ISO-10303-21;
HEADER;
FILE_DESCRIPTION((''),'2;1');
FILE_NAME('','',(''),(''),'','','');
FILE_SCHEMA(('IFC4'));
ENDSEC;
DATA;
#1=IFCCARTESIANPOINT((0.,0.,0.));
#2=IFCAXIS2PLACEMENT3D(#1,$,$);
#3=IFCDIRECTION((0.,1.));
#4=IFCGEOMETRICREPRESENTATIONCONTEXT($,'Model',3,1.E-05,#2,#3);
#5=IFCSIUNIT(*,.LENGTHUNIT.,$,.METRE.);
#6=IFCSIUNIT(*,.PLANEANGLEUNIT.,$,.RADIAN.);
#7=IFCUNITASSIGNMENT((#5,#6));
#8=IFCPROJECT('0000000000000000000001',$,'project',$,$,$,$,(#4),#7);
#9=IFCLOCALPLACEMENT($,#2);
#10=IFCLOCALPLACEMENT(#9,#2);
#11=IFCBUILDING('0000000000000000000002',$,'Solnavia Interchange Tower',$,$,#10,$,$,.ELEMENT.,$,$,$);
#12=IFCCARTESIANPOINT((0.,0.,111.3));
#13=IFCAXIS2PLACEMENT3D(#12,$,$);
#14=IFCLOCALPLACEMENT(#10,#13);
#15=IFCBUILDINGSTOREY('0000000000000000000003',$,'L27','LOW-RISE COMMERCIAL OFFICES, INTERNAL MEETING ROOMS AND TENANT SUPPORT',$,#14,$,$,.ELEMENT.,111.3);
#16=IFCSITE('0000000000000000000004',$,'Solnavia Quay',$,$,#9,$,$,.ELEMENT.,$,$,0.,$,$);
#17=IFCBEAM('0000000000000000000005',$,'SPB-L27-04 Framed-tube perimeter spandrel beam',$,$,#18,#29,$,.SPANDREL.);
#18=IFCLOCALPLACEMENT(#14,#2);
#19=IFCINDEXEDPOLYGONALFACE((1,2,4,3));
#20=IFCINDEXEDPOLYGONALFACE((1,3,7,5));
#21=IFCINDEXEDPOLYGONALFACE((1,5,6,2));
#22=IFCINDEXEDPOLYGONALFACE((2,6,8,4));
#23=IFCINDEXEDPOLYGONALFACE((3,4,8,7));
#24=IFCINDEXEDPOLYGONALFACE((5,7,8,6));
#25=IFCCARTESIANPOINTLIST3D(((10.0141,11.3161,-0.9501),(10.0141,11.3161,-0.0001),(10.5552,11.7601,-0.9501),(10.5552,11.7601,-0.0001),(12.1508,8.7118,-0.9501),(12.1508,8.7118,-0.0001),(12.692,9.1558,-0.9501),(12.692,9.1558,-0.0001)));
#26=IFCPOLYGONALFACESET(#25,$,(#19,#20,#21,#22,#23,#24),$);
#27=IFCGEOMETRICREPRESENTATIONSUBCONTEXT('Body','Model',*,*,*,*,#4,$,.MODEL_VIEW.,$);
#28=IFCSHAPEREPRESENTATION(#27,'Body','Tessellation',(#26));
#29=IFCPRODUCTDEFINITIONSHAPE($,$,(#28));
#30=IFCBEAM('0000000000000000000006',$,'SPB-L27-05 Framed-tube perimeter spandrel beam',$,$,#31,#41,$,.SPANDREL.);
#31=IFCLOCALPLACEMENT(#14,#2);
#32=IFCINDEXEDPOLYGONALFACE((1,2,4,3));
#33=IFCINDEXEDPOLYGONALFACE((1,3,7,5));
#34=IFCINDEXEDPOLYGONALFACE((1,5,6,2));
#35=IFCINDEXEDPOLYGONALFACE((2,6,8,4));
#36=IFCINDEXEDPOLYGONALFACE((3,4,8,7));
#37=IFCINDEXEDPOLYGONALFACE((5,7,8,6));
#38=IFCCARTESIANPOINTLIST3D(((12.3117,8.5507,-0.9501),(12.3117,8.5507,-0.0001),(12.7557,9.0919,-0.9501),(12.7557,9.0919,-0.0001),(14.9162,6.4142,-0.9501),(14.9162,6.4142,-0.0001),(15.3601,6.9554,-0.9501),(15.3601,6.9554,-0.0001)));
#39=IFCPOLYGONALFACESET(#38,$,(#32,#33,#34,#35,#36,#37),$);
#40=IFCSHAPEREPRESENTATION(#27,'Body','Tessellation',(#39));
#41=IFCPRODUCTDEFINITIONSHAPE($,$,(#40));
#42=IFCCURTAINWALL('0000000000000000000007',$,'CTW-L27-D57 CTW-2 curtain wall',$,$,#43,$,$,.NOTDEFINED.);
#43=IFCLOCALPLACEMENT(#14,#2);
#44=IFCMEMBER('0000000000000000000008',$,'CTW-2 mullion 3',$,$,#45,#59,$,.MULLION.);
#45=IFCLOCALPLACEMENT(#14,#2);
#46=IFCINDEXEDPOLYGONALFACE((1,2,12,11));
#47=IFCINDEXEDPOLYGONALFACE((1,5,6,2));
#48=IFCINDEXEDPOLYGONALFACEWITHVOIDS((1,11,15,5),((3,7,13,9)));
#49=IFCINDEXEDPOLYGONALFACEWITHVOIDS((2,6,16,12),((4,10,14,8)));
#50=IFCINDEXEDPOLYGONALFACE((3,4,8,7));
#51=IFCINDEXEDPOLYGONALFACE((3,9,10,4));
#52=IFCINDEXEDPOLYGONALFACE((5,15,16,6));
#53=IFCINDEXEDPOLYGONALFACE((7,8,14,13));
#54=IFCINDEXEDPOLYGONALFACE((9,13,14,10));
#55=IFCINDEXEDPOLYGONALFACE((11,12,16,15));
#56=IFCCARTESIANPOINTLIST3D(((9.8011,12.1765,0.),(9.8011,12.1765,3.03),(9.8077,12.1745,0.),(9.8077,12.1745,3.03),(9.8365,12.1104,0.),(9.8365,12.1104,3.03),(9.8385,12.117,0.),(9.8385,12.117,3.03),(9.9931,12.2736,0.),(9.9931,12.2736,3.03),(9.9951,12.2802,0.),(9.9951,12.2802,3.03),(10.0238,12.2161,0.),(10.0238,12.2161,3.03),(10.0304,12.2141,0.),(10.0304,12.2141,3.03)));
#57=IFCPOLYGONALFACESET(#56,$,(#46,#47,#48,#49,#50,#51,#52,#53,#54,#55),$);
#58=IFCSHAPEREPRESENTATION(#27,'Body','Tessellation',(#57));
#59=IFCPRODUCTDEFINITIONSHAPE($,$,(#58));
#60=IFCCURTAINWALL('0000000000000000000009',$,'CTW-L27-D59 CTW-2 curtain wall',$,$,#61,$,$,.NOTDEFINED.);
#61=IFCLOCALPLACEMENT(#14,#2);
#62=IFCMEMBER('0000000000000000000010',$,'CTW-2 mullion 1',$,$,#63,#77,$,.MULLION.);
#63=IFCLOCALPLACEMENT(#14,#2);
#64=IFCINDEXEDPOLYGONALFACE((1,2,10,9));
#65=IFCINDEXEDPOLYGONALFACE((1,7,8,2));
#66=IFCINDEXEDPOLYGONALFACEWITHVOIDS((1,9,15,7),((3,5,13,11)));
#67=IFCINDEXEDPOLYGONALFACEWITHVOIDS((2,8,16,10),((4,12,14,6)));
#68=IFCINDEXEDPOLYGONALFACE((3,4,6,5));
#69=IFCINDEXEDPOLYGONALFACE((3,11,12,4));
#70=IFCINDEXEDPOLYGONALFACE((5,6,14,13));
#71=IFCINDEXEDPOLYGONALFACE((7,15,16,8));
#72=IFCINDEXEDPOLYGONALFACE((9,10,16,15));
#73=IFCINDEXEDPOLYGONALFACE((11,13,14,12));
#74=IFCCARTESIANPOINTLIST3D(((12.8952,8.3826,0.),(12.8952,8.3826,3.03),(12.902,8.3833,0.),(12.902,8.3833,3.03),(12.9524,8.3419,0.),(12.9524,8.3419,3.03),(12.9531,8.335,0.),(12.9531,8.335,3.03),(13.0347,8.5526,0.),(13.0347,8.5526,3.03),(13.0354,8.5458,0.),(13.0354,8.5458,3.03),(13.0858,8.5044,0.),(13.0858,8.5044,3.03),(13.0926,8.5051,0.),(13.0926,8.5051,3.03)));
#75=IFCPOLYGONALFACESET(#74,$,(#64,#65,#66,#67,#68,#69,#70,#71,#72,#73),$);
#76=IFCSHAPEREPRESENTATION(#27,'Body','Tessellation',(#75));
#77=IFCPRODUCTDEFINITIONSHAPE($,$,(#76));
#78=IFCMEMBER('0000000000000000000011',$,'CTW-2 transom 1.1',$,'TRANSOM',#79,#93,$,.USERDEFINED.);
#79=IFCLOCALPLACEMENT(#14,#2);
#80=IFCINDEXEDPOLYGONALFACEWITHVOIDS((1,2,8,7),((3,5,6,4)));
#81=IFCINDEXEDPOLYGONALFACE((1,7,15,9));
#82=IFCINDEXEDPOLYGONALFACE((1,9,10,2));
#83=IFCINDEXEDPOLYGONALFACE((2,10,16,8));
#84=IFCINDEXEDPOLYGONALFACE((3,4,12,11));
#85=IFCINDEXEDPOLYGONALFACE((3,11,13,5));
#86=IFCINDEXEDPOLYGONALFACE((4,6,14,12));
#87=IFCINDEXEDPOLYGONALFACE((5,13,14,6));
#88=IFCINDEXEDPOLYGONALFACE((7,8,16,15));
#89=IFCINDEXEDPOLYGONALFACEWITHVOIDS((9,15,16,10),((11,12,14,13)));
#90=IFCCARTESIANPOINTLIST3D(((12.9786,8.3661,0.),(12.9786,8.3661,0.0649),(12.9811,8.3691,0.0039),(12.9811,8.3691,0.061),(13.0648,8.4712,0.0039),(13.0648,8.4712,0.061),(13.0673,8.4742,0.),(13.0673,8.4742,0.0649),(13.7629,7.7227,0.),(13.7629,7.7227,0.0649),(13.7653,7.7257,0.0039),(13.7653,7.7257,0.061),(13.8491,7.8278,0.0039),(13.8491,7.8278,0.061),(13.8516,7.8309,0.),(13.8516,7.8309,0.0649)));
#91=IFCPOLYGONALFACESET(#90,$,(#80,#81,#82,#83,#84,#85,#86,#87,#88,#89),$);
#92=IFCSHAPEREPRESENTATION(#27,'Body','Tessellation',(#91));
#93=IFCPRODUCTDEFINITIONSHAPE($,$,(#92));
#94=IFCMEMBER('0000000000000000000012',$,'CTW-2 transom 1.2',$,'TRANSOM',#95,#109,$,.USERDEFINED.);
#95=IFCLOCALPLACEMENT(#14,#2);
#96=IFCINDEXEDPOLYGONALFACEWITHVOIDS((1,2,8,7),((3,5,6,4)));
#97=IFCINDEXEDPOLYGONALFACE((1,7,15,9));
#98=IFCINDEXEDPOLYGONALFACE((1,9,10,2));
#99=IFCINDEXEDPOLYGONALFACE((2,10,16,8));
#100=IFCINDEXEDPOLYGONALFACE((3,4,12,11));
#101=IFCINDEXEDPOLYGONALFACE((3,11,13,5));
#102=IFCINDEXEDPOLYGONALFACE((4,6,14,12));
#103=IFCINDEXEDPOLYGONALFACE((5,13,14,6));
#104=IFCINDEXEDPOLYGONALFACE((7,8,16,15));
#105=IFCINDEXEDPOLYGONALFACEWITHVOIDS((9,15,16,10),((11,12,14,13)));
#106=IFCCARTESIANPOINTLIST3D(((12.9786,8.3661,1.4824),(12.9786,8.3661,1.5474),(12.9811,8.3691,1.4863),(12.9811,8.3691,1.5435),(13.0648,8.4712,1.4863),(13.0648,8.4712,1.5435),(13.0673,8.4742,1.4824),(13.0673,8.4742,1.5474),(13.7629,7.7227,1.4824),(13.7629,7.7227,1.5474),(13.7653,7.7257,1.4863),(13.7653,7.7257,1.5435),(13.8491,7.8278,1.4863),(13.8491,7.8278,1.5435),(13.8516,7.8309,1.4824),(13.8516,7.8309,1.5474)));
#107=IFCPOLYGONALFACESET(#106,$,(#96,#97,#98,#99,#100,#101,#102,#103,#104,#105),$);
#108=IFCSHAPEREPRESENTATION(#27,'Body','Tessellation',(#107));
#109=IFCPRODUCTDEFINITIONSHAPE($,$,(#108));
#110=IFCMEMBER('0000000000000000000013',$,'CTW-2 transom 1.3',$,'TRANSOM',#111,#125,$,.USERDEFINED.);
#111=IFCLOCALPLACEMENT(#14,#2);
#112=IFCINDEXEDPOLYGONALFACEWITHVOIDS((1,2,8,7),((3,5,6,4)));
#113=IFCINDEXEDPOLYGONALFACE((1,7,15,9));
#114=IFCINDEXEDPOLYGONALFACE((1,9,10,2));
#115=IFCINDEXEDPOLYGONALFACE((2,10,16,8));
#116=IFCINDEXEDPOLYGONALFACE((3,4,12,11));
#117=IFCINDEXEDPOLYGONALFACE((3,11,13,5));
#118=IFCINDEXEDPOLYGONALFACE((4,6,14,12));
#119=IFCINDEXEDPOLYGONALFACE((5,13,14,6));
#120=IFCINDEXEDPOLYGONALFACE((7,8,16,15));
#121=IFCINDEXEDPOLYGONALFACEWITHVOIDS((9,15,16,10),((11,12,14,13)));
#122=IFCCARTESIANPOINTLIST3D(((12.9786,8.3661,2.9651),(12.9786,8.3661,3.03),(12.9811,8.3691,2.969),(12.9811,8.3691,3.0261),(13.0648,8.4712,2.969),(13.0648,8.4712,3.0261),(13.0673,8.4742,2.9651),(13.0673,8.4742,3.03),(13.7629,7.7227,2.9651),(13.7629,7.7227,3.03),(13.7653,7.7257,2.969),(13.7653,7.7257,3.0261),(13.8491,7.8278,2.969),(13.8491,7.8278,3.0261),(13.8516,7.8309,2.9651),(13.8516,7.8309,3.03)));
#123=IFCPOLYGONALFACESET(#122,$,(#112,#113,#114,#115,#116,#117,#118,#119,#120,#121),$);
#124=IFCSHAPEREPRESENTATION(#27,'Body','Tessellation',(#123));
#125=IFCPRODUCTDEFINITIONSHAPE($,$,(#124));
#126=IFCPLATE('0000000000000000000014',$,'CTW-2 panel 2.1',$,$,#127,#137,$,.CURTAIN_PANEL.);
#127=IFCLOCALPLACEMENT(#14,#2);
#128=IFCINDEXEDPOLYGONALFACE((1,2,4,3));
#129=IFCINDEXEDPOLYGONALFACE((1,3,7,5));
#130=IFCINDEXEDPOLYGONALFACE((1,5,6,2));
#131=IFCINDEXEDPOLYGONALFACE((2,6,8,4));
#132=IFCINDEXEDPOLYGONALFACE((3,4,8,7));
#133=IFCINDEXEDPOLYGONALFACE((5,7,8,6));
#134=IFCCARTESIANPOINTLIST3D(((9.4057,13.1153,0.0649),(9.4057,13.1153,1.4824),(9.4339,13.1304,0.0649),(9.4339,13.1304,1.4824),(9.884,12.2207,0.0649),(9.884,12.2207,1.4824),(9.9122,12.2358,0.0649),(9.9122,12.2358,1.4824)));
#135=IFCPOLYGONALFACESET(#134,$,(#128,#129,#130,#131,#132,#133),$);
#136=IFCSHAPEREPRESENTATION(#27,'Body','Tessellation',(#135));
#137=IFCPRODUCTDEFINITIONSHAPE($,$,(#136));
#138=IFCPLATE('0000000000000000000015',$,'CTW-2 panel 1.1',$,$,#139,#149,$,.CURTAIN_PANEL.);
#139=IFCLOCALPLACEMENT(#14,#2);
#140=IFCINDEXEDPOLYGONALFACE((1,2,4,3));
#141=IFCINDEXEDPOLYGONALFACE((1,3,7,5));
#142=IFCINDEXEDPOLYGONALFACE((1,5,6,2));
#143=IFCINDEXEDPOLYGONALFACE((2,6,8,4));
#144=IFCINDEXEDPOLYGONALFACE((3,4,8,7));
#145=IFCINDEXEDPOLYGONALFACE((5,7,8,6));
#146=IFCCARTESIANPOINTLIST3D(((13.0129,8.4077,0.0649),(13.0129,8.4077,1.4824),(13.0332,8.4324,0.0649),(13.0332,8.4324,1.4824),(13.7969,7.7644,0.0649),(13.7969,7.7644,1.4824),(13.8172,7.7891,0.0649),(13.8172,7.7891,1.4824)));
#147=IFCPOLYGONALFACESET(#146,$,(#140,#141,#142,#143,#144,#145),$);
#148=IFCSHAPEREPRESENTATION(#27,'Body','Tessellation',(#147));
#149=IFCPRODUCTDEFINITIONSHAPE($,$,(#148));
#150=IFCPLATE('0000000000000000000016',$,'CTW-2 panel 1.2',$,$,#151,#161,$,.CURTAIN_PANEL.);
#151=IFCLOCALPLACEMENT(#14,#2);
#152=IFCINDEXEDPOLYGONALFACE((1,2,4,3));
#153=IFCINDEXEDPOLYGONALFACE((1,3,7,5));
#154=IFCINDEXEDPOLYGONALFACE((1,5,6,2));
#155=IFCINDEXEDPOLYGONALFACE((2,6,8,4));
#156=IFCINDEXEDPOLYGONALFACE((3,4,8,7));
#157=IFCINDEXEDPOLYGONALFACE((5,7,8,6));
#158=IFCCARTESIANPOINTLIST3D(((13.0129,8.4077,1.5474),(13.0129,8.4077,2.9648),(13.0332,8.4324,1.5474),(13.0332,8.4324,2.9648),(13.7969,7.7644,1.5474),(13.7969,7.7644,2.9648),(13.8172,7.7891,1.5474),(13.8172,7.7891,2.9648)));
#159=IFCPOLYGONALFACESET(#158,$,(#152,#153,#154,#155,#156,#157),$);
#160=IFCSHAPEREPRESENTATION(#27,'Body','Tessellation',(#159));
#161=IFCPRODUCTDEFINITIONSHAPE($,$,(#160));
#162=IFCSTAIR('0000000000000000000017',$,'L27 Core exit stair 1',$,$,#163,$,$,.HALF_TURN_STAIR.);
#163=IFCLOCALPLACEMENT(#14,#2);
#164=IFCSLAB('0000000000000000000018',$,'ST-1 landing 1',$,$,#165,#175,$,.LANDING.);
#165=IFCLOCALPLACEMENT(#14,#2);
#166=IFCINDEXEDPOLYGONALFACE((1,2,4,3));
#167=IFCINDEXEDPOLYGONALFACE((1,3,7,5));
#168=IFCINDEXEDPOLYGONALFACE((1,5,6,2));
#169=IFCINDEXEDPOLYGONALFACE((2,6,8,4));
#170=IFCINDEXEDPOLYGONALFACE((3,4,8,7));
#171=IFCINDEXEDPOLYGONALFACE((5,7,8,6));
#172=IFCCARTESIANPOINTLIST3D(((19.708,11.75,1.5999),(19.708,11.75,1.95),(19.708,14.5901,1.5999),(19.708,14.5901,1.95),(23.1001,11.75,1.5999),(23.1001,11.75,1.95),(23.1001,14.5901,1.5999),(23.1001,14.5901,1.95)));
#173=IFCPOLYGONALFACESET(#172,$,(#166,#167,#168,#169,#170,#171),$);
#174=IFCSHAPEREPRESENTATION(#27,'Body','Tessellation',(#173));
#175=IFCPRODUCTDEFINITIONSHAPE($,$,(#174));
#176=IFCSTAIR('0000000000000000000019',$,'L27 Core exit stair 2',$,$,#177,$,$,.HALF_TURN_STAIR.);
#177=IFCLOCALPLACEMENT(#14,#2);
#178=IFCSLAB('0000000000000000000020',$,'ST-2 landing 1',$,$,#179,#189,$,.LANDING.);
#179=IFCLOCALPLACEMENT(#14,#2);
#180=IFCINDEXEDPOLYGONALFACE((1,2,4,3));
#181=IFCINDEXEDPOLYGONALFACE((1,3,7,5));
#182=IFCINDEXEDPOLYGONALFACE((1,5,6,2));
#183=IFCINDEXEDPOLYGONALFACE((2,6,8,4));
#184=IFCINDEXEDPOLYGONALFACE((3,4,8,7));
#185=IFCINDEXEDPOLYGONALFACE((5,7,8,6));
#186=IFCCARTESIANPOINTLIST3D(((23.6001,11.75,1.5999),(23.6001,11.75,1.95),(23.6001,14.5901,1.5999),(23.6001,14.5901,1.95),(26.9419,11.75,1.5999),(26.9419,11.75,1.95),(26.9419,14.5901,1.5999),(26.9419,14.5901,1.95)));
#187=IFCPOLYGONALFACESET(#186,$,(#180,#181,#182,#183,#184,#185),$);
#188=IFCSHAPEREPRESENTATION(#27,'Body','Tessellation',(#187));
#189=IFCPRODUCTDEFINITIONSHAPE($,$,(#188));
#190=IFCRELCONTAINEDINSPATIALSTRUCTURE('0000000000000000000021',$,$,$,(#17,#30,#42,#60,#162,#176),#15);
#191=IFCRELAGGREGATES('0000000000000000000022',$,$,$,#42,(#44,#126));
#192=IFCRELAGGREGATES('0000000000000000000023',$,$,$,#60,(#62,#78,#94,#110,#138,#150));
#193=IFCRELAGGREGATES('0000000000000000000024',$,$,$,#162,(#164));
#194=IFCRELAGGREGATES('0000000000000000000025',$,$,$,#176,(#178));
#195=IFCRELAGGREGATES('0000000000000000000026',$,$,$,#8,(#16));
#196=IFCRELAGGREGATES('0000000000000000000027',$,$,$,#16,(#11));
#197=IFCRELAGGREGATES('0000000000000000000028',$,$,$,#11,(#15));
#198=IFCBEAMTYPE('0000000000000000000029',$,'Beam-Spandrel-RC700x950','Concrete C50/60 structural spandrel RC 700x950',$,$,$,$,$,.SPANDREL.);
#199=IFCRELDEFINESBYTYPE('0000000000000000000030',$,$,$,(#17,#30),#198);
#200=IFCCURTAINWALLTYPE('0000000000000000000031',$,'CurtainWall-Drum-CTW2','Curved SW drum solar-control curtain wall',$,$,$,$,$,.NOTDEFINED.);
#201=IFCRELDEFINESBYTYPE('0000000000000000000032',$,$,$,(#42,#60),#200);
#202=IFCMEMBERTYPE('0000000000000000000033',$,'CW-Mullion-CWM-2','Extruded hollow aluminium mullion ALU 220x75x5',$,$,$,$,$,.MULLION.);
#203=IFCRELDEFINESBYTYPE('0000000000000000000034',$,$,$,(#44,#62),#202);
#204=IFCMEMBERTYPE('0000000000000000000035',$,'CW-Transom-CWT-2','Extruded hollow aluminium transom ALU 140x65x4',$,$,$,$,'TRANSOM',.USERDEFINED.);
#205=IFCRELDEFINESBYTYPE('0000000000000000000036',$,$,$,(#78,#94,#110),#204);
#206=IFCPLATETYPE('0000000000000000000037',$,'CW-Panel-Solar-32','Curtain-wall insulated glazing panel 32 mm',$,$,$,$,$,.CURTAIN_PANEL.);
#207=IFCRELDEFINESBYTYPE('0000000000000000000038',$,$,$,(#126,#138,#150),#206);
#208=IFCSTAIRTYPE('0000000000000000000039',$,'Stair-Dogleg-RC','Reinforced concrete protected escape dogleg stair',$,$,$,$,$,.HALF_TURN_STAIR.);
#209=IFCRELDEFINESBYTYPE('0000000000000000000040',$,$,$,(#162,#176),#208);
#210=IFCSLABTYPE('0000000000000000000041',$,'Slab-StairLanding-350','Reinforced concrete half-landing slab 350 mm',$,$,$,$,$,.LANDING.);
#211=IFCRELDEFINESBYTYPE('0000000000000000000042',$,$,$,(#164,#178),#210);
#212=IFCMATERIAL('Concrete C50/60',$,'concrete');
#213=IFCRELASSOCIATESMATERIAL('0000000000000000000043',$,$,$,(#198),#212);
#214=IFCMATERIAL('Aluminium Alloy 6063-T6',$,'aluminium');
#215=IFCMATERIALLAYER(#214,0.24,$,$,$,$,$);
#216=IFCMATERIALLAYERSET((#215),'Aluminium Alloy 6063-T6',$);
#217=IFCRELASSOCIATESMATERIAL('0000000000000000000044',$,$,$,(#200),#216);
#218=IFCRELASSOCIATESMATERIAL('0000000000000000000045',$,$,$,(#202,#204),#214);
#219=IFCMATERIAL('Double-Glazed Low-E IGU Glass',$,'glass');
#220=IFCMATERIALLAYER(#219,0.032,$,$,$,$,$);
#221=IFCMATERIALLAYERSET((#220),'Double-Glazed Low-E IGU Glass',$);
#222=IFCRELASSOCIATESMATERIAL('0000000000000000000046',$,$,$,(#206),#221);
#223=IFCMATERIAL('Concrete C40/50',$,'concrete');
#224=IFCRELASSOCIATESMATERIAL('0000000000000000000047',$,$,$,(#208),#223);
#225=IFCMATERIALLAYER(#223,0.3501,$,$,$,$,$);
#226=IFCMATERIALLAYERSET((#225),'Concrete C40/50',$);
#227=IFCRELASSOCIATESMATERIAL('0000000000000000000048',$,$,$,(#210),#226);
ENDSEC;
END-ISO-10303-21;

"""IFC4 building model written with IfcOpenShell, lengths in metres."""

from ifc_helpers import new_model, si_unit, direction, frame, origin, origin_2d, place, context, subcontext, project, spatial, polyline, rectangle, hollow_rectangle, outline, extrude, material, layer, layer_set, material_profile, profile_set, type_object, element, aggregate, save


model = new_model("IFC4")

# Units and contexts
model_context = context("Model", 3, precision=1e-05, world=origin(), true_north=direction((0.0, 1.0)))
body_context = subcontext(model_context, "Body", "Model", "MODEL_VIEW")
ifc_project = project(units=[si_unit("LENGTHUNIT", "METRE"), si_unit("PLANEANGLEUNIT", "RADIAN")], contexts=[model_context])

# Site, building, storey
site_placement = place(None, origin())
site = spatial("IfcSite", under=ifc_project, at=site_placement, Name="Solnavia Quay", CompositionType="ELEMENT", RefElevation=0.0)
building_placement = place(site_placement, origin())
building = spatial("IfcBuilding", under=site, at=building_placement, Name="Solnavia Interchange Tower", CompositionType="ELEMENT")
storey_placement = place(building_placement, frame((0.0, 0.0, 111.3)))
storey = spatial("IfcBuildingStorey", under=building, at=storey_placement, Name="L27", Description="LOW-RISE COMMERCIAL OFFICES, INTERNAL MEETING ROOMS AND TENANT SUPPORT", CompositionType="ELEMENT", Elevation=111.3)

# Beams
ifc_material_1 = material(Name="Concrete C50/60", Category="concrete")
ifc_material_profile_1 = material_profile(ifc_material_1, rectangle(XDim=0.7, YDim=0.95, at=origin_2d()), Name="RC 700x950")
ifc_profile_set_1 = profile_set([ifc_material_profile_1], Name="Concrete C50/60")
beam_type_1 = type_object("IfcBeamType", Name="Beam-Spandrel-RC700x950", Description="Concrete C50/60 structural spandrel RC 700x950", PredefinedType="SPANDREL", material=ifc_profile_set_1)
for number, where, z_axis, x_axis, name in (
    (1, (10.2847, 11.5381, -0.4751), (0.634299, -0.773088, 0.0), (0.773088, 0.634299, 0.0), "SPB-L27-04 Framed-tube perimeter spandrel beam"),
    (2, (12.5337, 8.8213, -0.4751), (0.773153, -0.63422, 0.0), (0.63422, 0.773153, 0.0), "SPB-L27-05 Framed-tube perimeter spandrel beam"),
):
    element("IfcBeam", number, at=place(storey_placement, frame(where, z_axis=z_axis, x_axis=x_axis)), inside=storey, type_object=beam_type_1, Name=name, PredefinedType="SPANDREL", context=body_context, shape_type="SweptSolid", body=[
        extrude(rectangle(XDim=0.7, YDim=0.95, at=origin_2d()), origin(), (0.0, 0.0, 1.0), 3.3687),
    ])

# Curtain wall, member
ifc_material_2 = material(Name="Aluminium Alloy 6063-T6", Category="aluminium")
ifc_layer_1 = layer(ifc_material_2, 0.24)
ifc_layer_set_1 = layer_set([ifc_layer_1], Name="Aluminium Alloy 6063-T6")
curtain_wall_type = type_object("IfcCurtainWallType", Name="CurtainWall-Drum-CTW2", Description="Curved SW drum solar-control curtain wall", PredefinedType="NOTDEFINED", material=ifc_layer_set_1)
curtain_wall_1_placement = place(storey_placement, origin())
curtain_wall_1 = element("IfcCurtainWall", 3, at=curtain_wall_1_placement, inside=storey, type_object=curtain_wall_type, Name="CTW-L27-D57 CTW-2 curtain wall", PredefinedType="NOTDEFINED")
ifc_material_profile_2 = material_profile(ifc_material_2, hollow_rectangle(XDim=0.075, YDim=0.22, WallThickness=0.0049, at=origin_2d()), Name="ALU 220x75x5")
ifc_profile_set_2 = profile_set([ifc_material_profile_2], Name="Aluminium Alloy 6063-T6")
member_type_1 = type_object("IfcMemberType", Name="CW-Mullion-CWM-2", Description="Extruded hollow aluminium mullion ALU 220x75x5", PredefinedType="MULLION", material=ifc_profile_set_2)
member_1_placement = place(storey_placement, frame((9.9158, 12.1953, 0.0), z_axis=(0.0, 0.0, 1.0), x_axis=(0.471537, -0.881846, 0.0)))
member_1 = element("IfcMember", 4, at=member_1_placement, type_object=member_type_1, Name="CTW-2 mullion 3", PredefinedType="MULLION", context=body_context, shape_type="SweptSolid", body=[
    extrude(hollow_rectangle(XDim=0.075, YDim=0.22, WallThickness=0.0049, at=origin_2d()), origin(), (0.0, 0.0, 1.0), 3.03),
])

# Curtain wall, members
curtain_wall_2_placement = place(storey_placement, origin())
curtain_wall_2 = element("IfcCurtainWall", 5, at=curtain_wall_2_placement, inside=storey, type_object=curtain_wall_type, Name="CTW-L27-D59 CTW-2 curtain wall", PredefinedType="NOTDEFINED")
member_2_placement = place(storey_placement, frame((12.9939, 8.4438, 0.0), z_axis=(0.0, 0.0, 1.0), x_axis=(0.773095, -0.634291, 0.0)))
member_2 = element("IfcMember", 6, at=member_2_placement, type_object=member_type_1, Name="CTW-2 mullion 1", PredefinedType="MULLION", context=body_context, shape_type="SweptSolid", body=[
    extrude(hollow_rectangle(XDim=0.075, YDim=0.22, WallThickness=0.0049, at=origin_2d()), origin(), (0.0, 0.0, 1.0), 3.03),
])
ifc_material_profile_3 = material_profile(ifc_material_2, hollow_rectangle(XDim=0.0649, YDim=0.1399, WallThickness=0.0039, at=origin_2d()), Name="ALU 140x65x4")
ifc_profile_set_3 = profile_set([ifc_material_profile_3], Name="Aluminium Alloy 6063-T6")
member_type_2 = type_object("IfcMemberType", Name="CW-Transom-CWT-2", Description="Extruded hollow aluminium transom ALU 140x65x4", ElementType="TRANSOM", PredefinedType="USERDEFINED", material=ifc_profile_set_3)
member_3_placement = place(storey_placement, frame((13.0229, 8.4202, 0.0325), z_axis=(0.773131, -0.634247, 0.0), x_axis=(0.0, 0.0, 1.0)))
member_3 = element("IfcMember", 7, at=member_3_placement, type_object=member_type_2, Name="CTW-2 transom 1.1", ObjectType="TRANSOM", PredefinedType="USERDEFINED", context=body_context, shape_type="SweptSolid", body=[
    extrude(hollow_rectangle(XDim=0.0649, YDim=0.1399, WallThickness=0.0039, at=origin_2d()), origin(), (0.0, 0.0, 1.0), 1.0144),
])
member_4_placement = place(storey_placement, frame((13.0229, 8.4202, 1.5149), z_axis=(0.773131, -0.634247, 0.0), x_axis=(0.0, 0.0, 1.0)))
member_4 = element("IfcMember", 8, at=member_4_placement, type_object=member_type_2, Name="CTW-2 transom 1.2", ObjectType="TRANSOM", PredefinedType="USERDEFINED", context=body_context, shape_type="SweptSolid", body=[
    extrude(hollow_rectangle(XDim=0.0649, YDim=0.1399, WallThickness=0.0039, at=origin_2d()), origin(), (0.0, 0.0, 1.0), 1.0144),
])
member_5_placement = place(storey_placement, frame((13.0229, 8.4202, 2.9976), z_axis=(0.773131, -0.634247, 0.0), x_axis=(0.0, 0.0, 1.0)))
member_5 = element("IfcMember", 9, at=member_5_placement, type_object=member_type_2, Name="CTW-2 transom 1.3", ObjectType="TRANSOM", PredefinedType="USERDEFINED", context=body_context, shape_type="SweptSolid", body=[
    extrude(hollow_rectangle(XDim=0.0649, YDim=0.1399, WallThickness=0.0039, at=origin_2d()), origin(), (0.0, 0.0, 1.0), 1.0144),
])

# Plates
ifc_material_3 = material(Name="Double-Glazed Low-E IGU Glass", Category="glass")
ifc_layer_2 = layer(ifc_material_3, 0.032)
ifc_layer_set_2 = layer_set([ifc_layer_2], Name="Double-Glazed Low-E IGU Glass")
plate_type = type_object("IfcPlateType", Name="CW-Panel-Solar-32", Description="Curtain-wall insulated glazing panel 32 mm", PredefinedType="CURTAIN_PANEL", material=ifc_layer_set_2)
plate_1_placement = place(storey_placement, frame((9.6589, 12.6755, 0.0649), z_axis=(0.0, 0.0, 1.0), x_axis=(0.471537, -0.881846, 0.0)))
plate_1 = element("IfcPlate", 10, at=plate_1_placement, type_object=plate_type, Name="CTW-2 panel 2.1", PredefinedType="CURTAIN_PANEL", context=body_context, shape_type="SweptSolid", body=[
    extrude(rectangle(XDim=1.0144, YDim=0.032, at=origin_2d()), origin(), (0.0, 0.0, 1.0), 1.4175),
])
aggregate(curtain_wall_1, [member_1, plate_1])
plate_2_placement = place(storey_placement, frame((13.415, 8.0984, 0.0649), z_axis=(0.0, 0.0, 1.0), x_axis=(0.773095, -0.634291, 0.0)))
plate_2 = element("IfcPlate", 11, at=plate_2_placement, type_object=plate_type, Name="CTW-2 panel 1.1", PredefinedType="CURTAIN_PANEL", context=body_context, shape_type="SweptSolid", body=[
    extrude(rectangle(XDim=1.0142, YDim=0.032, at=origin_2d()), origin(), (0.0, 0.0, 1.0), 1.4175),
])
plate_3_placement = place(storey_placement, frame((13.415, 8.0984, 1.5474), z_axis=(0.0, 0.0, 1.0), x_axis=(0.773095, -0.634291, 0.0)))
plate_3 = element("IfcPlate", 12, at=plate_3_placement, type_object=plate_type, Name="CTW-2 panel 1.2", PredefinedType="CURTAIN_PANEL", context=body_context, shape_type="SweptSolid", body=[
    extrude(rectangle(XDim=1.0142, YDim=0.032, at=origin_2d()), origin(), (0.0, 0.0, 1.0), 1.4175),
])
aggregate(curtain_wall_2, [member_2, member_3, member_4, member_5, plate_2, plate_3])

# Stairs, slabs
ifc_material_4 = material(Name="Concrete C40/50", Category="concrete")
stair_type = type_object("IfcStairType", Name="Stair-Dogleg-RC", Description="Reinforced concrete protected escape dogleg stair", PredefinedType="HALF_TURN_STAIR", material=ifc_material_4)
stair_1_placement = place(storey_placement, origin())
stair_1 = element("IfcStair", 13, at=stair_1_placement, inside=storey, type_object=stair_type, Name="L27 Core exit stair 1", PredefinedType="HALF_TURN_STAIR")
ifc_layer_3 = layer(ifc_material_4, 0.3501)
ifc_layer_set_3 = layer_set([ifc_layer_3], Name="Concrete C40/50")
slab_type_1 = type_object("IfcSlabType", Name="Slab-StairLanding-350", Description="Reinforced concrete half-landing slab 350 mm", PredefinedType="LANDING", material=ifc_layer_set_3)
slab_1_placement = place(storey_placement, frame((0.0, 0.0, 1.5999)))
slab_1 = element("IfcSlab", 14, at=slab_1_placement, type_object=slab_type_1, Name="ST-1 landing 1", PredefinedType="LANDING", context=body_context, shape_type="SweptSolid", body=[
    extrude(outline(polyline([(19.708, 11.75), (23.1001, 11.75), (23.1001, 14.5901), (19.708, 14.5901), (19.708, 11.75)])), origin(), (0.0, 0.0, 1.0), 0.3501),
])
aggregate(stair_1, [slab_1])
stair_2_placement = place(storey_placement, origin())
stair_2 = element("IfcStair", 15, at=stair_2_placement, inside=storey, type_object=stair_type, Name="L27 Core exit stair 2", PredefinedType="HALF_TURN_STAIR")
slab_2_placement = place(storey_placement, frame((0.0, 0.0, 1.5999)))
slab_2 = element("IfcSlab", 16, at=slab_2_placement, type_object=slab_type_1, Name="ST-2 landing 1", PredefinedType="LANDING", context=body_context, shape_type="SweptSolid", body=[
    extrude(outline(polyline([(23.6001, 11.75), (26.9419, 11.75), (26.9419, 14.5901), (23.6001, 14.5901), (23.6001, 11.75)])), origin(), (0.0, 0.0, 1.0), 0.3501),
])
aggregate(stair_2, [slab_2])

save(model, "model.ifc")
